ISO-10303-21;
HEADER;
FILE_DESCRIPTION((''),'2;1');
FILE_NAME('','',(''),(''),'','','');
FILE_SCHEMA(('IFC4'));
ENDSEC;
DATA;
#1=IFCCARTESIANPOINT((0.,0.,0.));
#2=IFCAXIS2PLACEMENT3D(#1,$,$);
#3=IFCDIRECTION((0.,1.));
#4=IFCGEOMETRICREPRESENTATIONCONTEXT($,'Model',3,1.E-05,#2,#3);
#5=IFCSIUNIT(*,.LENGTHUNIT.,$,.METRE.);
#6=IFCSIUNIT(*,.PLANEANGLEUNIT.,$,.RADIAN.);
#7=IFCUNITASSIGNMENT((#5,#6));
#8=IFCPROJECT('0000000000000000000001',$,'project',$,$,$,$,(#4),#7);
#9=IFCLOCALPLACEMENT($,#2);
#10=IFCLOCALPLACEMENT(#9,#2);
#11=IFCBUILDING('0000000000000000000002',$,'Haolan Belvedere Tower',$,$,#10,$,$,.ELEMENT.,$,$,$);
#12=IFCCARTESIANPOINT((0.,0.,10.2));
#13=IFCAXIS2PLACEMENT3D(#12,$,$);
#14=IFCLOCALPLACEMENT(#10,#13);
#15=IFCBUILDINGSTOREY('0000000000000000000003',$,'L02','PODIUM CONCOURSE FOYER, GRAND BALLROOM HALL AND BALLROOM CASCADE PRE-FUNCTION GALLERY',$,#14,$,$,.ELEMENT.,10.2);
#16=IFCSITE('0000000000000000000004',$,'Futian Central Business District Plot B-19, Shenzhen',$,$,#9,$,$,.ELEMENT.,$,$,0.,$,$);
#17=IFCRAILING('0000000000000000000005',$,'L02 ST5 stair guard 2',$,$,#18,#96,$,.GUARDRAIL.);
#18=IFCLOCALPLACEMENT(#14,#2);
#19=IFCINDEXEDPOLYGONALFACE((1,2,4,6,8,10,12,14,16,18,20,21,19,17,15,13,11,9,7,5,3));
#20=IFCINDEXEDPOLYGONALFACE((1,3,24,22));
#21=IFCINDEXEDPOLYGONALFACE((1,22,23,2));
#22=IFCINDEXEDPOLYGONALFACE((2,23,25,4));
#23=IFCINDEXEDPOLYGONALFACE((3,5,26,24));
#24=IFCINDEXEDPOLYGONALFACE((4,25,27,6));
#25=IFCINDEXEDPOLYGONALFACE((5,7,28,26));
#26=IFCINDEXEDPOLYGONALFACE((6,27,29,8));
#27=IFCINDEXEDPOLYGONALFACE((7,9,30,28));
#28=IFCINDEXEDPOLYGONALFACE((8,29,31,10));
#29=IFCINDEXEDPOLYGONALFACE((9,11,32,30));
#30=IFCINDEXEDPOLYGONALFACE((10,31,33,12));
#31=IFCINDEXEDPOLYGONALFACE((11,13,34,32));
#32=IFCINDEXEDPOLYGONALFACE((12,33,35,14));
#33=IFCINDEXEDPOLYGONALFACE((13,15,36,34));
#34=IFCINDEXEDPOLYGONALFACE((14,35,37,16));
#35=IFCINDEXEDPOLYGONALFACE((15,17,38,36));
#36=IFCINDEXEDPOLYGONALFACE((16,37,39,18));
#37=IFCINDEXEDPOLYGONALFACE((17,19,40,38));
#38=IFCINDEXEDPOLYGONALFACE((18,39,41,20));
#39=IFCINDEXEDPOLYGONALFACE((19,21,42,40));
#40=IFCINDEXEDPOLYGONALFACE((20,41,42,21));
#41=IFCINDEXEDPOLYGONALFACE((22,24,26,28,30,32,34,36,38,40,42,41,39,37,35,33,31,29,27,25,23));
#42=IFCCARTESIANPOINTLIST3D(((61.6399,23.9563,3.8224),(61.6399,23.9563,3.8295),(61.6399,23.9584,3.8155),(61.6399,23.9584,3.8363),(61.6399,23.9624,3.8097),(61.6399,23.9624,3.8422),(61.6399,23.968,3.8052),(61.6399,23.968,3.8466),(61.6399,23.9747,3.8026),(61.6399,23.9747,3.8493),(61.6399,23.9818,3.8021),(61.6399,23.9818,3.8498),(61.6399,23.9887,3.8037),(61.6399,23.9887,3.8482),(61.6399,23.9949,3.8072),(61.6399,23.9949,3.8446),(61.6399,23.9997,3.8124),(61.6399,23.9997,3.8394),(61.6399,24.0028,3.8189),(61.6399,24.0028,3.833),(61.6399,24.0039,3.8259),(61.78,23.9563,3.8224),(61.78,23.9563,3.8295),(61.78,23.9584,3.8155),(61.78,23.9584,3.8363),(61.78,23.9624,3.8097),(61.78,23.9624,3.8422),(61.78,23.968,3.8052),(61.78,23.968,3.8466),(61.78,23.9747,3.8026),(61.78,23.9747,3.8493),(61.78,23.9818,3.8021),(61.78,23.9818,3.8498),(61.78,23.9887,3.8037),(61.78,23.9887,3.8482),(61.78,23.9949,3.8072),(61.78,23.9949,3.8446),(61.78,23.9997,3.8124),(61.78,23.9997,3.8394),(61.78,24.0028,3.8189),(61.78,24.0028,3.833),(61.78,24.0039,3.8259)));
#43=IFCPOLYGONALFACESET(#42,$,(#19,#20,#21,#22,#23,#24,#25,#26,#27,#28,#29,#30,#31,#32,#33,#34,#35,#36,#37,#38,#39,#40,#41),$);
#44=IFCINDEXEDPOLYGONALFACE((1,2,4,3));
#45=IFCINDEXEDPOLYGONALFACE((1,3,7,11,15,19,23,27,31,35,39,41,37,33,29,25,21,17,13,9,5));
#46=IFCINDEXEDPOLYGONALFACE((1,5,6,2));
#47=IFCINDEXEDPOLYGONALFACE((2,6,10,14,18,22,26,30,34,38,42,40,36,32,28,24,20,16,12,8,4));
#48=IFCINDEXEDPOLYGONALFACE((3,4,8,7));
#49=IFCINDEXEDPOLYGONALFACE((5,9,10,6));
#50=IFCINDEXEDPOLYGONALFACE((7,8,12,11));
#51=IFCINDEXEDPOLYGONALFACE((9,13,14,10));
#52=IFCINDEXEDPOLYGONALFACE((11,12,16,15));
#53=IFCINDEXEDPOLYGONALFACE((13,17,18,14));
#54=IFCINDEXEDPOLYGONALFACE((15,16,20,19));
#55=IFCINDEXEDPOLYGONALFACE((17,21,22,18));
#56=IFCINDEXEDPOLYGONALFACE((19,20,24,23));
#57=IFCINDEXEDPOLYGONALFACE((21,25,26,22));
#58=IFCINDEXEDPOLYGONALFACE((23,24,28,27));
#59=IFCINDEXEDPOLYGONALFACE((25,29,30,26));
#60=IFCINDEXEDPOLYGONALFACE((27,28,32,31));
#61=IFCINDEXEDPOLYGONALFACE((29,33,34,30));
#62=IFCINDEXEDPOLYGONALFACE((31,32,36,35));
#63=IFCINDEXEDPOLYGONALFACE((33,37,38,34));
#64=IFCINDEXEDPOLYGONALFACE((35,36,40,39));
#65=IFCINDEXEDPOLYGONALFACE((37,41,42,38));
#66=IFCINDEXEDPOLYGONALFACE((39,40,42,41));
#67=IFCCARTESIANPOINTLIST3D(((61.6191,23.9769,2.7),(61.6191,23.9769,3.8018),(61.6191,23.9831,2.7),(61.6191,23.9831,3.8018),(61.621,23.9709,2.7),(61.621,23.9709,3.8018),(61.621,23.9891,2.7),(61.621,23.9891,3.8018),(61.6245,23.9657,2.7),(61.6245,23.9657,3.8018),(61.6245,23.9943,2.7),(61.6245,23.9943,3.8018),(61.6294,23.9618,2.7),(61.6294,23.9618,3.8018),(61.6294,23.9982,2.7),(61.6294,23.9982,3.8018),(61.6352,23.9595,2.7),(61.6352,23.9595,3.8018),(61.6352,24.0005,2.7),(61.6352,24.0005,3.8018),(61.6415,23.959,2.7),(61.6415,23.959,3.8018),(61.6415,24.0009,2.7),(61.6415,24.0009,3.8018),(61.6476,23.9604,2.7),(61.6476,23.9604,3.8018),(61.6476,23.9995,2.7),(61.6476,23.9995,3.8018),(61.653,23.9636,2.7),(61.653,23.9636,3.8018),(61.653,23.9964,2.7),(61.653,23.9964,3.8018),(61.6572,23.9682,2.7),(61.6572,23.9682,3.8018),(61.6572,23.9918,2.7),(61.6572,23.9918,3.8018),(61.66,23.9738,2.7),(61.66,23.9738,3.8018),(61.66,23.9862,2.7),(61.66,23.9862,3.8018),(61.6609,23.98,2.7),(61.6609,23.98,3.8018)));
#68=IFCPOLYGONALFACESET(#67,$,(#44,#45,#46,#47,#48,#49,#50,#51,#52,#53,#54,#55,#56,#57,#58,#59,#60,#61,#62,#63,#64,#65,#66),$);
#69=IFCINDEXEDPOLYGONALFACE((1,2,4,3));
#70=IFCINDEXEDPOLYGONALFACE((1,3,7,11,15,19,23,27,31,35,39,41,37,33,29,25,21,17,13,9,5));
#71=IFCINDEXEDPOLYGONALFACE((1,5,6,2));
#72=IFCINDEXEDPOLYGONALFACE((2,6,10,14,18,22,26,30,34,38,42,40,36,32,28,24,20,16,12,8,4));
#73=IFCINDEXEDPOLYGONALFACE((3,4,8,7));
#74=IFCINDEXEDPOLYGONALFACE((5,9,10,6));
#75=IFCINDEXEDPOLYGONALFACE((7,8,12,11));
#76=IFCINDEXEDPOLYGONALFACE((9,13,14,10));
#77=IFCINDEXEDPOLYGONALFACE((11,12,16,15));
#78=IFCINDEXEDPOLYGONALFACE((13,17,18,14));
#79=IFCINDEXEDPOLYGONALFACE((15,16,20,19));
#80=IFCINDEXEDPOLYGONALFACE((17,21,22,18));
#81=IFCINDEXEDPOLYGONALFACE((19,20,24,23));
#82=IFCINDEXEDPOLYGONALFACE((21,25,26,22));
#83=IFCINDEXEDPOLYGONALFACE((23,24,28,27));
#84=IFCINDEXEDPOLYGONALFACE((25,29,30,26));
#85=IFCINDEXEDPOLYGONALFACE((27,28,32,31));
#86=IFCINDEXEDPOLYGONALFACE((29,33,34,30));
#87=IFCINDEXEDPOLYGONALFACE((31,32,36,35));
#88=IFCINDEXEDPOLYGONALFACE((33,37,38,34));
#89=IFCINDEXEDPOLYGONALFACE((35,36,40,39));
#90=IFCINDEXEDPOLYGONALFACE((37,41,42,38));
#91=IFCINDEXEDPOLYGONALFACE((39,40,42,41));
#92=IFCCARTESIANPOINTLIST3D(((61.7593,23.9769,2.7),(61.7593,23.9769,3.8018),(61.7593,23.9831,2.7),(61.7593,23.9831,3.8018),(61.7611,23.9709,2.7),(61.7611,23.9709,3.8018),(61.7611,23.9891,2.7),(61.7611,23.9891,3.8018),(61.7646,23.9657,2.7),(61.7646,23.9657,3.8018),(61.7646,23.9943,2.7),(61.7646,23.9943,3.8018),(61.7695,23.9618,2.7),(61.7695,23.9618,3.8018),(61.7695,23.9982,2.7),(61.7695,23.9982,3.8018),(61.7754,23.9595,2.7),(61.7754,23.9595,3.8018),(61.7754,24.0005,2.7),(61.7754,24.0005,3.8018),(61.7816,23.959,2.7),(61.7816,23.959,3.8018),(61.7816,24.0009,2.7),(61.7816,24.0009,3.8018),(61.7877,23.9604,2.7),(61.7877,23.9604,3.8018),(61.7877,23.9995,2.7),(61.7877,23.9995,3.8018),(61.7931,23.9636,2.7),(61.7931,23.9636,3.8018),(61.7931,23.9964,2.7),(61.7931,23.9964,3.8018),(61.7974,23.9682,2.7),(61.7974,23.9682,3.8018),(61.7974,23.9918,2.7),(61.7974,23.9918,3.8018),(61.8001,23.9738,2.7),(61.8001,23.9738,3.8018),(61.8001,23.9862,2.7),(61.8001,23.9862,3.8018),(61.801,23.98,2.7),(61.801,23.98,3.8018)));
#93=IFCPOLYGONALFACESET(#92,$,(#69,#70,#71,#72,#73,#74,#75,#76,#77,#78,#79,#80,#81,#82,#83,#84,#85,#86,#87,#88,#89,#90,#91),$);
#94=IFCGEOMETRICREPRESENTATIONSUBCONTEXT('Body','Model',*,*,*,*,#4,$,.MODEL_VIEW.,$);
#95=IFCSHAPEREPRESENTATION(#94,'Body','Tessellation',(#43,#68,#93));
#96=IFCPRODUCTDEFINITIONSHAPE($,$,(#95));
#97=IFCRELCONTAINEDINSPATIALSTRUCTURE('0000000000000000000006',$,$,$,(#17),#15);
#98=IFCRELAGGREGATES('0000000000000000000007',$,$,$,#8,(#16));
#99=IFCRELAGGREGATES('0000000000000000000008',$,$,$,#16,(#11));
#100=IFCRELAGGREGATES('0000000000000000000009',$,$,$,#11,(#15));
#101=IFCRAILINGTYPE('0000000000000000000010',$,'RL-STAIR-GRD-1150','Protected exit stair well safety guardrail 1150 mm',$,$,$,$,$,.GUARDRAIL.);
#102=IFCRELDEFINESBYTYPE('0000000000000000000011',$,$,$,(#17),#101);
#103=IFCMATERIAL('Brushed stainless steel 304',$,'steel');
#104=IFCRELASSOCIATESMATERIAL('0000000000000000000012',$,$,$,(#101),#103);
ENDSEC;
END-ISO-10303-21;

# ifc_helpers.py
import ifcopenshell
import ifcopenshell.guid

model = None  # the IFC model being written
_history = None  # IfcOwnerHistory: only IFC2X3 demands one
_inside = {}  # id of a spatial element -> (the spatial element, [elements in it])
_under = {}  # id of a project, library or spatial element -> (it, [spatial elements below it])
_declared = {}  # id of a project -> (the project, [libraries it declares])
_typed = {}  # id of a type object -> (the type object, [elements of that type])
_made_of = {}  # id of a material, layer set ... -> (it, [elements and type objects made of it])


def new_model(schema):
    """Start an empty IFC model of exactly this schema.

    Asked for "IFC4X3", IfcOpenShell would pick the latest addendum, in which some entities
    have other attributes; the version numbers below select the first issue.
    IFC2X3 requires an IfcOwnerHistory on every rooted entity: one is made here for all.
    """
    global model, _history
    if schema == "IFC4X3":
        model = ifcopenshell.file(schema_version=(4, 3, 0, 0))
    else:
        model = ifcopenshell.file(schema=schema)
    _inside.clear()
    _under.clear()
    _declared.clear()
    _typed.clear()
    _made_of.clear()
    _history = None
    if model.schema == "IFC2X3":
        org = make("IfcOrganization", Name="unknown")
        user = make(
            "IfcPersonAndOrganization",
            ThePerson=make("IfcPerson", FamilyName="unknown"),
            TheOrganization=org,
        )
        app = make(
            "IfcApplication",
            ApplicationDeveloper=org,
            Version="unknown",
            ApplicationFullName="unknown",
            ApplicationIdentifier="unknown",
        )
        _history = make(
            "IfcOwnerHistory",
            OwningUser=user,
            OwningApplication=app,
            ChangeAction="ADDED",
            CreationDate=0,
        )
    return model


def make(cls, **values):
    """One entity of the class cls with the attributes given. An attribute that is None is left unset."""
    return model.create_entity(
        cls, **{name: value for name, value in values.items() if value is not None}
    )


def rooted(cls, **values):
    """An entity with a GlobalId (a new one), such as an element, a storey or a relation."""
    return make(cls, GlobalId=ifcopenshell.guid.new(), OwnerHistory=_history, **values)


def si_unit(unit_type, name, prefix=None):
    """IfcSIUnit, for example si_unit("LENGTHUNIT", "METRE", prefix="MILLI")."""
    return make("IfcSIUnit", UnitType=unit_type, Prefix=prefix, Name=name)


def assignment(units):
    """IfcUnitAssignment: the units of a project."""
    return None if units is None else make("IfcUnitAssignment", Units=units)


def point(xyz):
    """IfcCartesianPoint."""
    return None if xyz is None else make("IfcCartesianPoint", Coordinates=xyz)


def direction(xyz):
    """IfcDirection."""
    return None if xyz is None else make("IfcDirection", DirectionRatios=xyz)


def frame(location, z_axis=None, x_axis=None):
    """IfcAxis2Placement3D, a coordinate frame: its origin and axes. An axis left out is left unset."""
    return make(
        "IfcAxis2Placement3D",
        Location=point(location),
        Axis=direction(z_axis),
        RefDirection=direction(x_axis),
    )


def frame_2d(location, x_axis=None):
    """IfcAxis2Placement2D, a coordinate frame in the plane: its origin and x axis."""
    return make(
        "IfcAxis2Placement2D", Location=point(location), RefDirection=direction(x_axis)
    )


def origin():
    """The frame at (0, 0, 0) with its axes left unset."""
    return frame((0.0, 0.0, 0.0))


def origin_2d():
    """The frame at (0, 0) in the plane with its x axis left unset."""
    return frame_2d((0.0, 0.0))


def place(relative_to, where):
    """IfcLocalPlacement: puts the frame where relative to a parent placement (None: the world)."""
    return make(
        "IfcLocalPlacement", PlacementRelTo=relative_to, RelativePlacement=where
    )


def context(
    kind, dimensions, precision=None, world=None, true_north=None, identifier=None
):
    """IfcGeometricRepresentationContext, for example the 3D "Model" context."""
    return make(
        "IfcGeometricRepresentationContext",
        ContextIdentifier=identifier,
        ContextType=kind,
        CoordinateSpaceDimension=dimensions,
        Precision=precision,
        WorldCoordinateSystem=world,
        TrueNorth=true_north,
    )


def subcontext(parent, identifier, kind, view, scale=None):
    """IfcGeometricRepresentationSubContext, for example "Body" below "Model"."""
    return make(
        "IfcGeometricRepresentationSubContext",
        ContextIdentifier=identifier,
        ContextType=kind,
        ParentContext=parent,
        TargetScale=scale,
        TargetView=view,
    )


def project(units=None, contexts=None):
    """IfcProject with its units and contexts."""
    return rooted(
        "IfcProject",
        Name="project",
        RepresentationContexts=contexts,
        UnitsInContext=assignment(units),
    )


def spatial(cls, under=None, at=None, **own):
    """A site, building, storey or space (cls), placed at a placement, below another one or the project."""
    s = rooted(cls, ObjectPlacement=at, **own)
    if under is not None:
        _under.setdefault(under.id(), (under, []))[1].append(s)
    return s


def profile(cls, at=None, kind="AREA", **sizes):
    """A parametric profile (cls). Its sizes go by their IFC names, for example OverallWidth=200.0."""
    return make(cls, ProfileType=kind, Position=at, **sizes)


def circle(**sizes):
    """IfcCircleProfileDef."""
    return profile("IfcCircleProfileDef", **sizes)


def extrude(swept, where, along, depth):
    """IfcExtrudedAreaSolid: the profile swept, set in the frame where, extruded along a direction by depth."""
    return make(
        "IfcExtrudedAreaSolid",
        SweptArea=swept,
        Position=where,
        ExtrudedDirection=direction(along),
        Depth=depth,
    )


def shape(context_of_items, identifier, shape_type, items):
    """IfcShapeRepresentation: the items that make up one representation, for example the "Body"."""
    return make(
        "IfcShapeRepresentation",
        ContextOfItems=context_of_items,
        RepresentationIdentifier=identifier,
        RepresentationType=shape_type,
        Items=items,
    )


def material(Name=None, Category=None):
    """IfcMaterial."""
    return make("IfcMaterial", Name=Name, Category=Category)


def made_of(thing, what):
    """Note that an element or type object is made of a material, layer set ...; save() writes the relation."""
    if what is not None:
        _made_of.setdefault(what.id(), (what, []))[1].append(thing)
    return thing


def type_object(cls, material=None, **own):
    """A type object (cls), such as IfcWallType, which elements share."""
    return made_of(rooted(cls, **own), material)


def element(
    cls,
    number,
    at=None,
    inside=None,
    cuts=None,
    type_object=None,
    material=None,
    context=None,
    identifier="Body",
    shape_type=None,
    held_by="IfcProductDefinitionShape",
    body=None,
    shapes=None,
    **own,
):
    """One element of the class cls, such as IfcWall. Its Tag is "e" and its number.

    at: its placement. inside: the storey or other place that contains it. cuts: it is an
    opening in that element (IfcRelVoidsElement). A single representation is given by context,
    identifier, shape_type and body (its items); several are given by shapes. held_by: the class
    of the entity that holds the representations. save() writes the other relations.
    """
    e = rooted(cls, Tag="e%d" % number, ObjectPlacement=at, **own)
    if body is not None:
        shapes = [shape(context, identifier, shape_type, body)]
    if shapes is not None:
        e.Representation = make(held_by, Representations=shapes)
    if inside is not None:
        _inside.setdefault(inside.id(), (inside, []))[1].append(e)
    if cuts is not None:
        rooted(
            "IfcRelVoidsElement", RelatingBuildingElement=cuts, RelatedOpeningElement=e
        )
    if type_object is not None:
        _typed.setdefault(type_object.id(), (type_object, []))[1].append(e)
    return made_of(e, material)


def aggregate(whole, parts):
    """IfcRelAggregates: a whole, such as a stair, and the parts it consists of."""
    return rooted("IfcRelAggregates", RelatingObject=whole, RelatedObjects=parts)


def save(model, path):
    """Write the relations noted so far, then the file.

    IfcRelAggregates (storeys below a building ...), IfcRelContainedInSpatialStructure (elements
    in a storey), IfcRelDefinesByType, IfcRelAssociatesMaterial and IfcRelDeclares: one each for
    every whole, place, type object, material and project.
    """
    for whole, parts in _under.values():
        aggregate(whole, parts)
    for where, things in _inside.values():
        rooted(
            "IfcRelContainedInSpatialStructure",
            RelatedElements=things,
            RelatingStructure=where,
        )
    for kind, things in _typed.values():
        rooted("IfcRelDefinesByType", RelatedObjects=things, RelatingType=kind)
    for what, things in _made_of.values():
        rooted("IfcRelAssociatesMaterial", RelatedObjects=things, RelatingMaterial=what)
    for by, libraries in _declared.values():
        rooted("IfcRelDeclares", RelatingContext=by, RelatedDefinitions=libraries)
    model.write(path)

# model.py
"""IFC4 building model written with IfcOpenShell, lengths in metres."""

from ifc_helpers import new_model, si_unit, direction, frame, origin, origin_2d, place, context, subcontext, project, spatial, circle, extrude, material, type_object, element, save


model = new_model("IFC4")

# Units and contexts
model_context = context("Model", 3, precision=1e-05, world=origin(), true_north=direction((0.0, 1.0)))
body_context = subcontext(model_context, "Body", "Model", "MODEL_VIEW")
ifc_project = project(units=[si_unit("LENGTHUNIT", "METRE"), si_unit("PLANEANGLEUNIT", "RADIAN")], contexts=[model_context])

# Site, building, storey
site_placement = place(None, origin())
site = spatial("IfcSite", under=ifc_project, at=site_placement, Name="Futian Central Business District Plot B-19, Shenzhen", CompositionType="ELEMENT", RefElevation=0.0)
building_placement = place(site_placement, origin())
building = spatial("IfcBuilding", under=site, at=building_placement, Name="Haolan Belvedere Tower", CompositionType="ELEMENT")
storey_placement = place(building_placement, frame((0.0, 0.0, 10.2)))
storey = spatial("IfcBuildingStorey", under=building, at=storey_placement, Name="L02", Description="PODIUM CONCOURSE FOYER, GRAND BALLROOM HALL AND BALLROOM CASCADE PRE-FUNCTION GALLERY", CompositionType="ELEMENT", Elevation=10.2)

# Railing
ifc_material_1 = material(Name="Brushed stainless steel 304", Category="steel")
railing_type_1 = type_object("IfcRailingType", Name="RL-STAIR-GRD-1150", Description="Protected exit stair well safety guardrail 1150 mm", PredefinedType="GUARDRAIL", material=ifc_material_1)
railing_1_placement = place(storey_placement, frame((61.6399, 23.98, 2.7)))
element("IfcRailing", 1, at=railing_1_placement, inside=storey, type_object=railing_type_1, Name="L02 ST5 stair guard 2", PredefinedType="GUARDRAIL", context=body_context, shape_type="SweptSolid", body=[
    extrude(circle(Radius=0.0239, at=origin_2d()), frame((0.0, 0.0, 1.126), z_axis=(1.0, 0.0, 0.0), x_axis=(0.0, 1.0, 0.0)), (0.0, 0.0, 1.0), 0.1401),
    extrude(circle(Radius=0.021, at=origin_2d()), origin(), (0.0, 0.0, 1.0), 1.1018),
    extrude(circle(Radius=0.021, at=origin_2d()), frame((0.1401, 0.0, 0.0)), (0.0, 0.0, 1.0), 1.1018),
])

save(model, "model.ifc")
